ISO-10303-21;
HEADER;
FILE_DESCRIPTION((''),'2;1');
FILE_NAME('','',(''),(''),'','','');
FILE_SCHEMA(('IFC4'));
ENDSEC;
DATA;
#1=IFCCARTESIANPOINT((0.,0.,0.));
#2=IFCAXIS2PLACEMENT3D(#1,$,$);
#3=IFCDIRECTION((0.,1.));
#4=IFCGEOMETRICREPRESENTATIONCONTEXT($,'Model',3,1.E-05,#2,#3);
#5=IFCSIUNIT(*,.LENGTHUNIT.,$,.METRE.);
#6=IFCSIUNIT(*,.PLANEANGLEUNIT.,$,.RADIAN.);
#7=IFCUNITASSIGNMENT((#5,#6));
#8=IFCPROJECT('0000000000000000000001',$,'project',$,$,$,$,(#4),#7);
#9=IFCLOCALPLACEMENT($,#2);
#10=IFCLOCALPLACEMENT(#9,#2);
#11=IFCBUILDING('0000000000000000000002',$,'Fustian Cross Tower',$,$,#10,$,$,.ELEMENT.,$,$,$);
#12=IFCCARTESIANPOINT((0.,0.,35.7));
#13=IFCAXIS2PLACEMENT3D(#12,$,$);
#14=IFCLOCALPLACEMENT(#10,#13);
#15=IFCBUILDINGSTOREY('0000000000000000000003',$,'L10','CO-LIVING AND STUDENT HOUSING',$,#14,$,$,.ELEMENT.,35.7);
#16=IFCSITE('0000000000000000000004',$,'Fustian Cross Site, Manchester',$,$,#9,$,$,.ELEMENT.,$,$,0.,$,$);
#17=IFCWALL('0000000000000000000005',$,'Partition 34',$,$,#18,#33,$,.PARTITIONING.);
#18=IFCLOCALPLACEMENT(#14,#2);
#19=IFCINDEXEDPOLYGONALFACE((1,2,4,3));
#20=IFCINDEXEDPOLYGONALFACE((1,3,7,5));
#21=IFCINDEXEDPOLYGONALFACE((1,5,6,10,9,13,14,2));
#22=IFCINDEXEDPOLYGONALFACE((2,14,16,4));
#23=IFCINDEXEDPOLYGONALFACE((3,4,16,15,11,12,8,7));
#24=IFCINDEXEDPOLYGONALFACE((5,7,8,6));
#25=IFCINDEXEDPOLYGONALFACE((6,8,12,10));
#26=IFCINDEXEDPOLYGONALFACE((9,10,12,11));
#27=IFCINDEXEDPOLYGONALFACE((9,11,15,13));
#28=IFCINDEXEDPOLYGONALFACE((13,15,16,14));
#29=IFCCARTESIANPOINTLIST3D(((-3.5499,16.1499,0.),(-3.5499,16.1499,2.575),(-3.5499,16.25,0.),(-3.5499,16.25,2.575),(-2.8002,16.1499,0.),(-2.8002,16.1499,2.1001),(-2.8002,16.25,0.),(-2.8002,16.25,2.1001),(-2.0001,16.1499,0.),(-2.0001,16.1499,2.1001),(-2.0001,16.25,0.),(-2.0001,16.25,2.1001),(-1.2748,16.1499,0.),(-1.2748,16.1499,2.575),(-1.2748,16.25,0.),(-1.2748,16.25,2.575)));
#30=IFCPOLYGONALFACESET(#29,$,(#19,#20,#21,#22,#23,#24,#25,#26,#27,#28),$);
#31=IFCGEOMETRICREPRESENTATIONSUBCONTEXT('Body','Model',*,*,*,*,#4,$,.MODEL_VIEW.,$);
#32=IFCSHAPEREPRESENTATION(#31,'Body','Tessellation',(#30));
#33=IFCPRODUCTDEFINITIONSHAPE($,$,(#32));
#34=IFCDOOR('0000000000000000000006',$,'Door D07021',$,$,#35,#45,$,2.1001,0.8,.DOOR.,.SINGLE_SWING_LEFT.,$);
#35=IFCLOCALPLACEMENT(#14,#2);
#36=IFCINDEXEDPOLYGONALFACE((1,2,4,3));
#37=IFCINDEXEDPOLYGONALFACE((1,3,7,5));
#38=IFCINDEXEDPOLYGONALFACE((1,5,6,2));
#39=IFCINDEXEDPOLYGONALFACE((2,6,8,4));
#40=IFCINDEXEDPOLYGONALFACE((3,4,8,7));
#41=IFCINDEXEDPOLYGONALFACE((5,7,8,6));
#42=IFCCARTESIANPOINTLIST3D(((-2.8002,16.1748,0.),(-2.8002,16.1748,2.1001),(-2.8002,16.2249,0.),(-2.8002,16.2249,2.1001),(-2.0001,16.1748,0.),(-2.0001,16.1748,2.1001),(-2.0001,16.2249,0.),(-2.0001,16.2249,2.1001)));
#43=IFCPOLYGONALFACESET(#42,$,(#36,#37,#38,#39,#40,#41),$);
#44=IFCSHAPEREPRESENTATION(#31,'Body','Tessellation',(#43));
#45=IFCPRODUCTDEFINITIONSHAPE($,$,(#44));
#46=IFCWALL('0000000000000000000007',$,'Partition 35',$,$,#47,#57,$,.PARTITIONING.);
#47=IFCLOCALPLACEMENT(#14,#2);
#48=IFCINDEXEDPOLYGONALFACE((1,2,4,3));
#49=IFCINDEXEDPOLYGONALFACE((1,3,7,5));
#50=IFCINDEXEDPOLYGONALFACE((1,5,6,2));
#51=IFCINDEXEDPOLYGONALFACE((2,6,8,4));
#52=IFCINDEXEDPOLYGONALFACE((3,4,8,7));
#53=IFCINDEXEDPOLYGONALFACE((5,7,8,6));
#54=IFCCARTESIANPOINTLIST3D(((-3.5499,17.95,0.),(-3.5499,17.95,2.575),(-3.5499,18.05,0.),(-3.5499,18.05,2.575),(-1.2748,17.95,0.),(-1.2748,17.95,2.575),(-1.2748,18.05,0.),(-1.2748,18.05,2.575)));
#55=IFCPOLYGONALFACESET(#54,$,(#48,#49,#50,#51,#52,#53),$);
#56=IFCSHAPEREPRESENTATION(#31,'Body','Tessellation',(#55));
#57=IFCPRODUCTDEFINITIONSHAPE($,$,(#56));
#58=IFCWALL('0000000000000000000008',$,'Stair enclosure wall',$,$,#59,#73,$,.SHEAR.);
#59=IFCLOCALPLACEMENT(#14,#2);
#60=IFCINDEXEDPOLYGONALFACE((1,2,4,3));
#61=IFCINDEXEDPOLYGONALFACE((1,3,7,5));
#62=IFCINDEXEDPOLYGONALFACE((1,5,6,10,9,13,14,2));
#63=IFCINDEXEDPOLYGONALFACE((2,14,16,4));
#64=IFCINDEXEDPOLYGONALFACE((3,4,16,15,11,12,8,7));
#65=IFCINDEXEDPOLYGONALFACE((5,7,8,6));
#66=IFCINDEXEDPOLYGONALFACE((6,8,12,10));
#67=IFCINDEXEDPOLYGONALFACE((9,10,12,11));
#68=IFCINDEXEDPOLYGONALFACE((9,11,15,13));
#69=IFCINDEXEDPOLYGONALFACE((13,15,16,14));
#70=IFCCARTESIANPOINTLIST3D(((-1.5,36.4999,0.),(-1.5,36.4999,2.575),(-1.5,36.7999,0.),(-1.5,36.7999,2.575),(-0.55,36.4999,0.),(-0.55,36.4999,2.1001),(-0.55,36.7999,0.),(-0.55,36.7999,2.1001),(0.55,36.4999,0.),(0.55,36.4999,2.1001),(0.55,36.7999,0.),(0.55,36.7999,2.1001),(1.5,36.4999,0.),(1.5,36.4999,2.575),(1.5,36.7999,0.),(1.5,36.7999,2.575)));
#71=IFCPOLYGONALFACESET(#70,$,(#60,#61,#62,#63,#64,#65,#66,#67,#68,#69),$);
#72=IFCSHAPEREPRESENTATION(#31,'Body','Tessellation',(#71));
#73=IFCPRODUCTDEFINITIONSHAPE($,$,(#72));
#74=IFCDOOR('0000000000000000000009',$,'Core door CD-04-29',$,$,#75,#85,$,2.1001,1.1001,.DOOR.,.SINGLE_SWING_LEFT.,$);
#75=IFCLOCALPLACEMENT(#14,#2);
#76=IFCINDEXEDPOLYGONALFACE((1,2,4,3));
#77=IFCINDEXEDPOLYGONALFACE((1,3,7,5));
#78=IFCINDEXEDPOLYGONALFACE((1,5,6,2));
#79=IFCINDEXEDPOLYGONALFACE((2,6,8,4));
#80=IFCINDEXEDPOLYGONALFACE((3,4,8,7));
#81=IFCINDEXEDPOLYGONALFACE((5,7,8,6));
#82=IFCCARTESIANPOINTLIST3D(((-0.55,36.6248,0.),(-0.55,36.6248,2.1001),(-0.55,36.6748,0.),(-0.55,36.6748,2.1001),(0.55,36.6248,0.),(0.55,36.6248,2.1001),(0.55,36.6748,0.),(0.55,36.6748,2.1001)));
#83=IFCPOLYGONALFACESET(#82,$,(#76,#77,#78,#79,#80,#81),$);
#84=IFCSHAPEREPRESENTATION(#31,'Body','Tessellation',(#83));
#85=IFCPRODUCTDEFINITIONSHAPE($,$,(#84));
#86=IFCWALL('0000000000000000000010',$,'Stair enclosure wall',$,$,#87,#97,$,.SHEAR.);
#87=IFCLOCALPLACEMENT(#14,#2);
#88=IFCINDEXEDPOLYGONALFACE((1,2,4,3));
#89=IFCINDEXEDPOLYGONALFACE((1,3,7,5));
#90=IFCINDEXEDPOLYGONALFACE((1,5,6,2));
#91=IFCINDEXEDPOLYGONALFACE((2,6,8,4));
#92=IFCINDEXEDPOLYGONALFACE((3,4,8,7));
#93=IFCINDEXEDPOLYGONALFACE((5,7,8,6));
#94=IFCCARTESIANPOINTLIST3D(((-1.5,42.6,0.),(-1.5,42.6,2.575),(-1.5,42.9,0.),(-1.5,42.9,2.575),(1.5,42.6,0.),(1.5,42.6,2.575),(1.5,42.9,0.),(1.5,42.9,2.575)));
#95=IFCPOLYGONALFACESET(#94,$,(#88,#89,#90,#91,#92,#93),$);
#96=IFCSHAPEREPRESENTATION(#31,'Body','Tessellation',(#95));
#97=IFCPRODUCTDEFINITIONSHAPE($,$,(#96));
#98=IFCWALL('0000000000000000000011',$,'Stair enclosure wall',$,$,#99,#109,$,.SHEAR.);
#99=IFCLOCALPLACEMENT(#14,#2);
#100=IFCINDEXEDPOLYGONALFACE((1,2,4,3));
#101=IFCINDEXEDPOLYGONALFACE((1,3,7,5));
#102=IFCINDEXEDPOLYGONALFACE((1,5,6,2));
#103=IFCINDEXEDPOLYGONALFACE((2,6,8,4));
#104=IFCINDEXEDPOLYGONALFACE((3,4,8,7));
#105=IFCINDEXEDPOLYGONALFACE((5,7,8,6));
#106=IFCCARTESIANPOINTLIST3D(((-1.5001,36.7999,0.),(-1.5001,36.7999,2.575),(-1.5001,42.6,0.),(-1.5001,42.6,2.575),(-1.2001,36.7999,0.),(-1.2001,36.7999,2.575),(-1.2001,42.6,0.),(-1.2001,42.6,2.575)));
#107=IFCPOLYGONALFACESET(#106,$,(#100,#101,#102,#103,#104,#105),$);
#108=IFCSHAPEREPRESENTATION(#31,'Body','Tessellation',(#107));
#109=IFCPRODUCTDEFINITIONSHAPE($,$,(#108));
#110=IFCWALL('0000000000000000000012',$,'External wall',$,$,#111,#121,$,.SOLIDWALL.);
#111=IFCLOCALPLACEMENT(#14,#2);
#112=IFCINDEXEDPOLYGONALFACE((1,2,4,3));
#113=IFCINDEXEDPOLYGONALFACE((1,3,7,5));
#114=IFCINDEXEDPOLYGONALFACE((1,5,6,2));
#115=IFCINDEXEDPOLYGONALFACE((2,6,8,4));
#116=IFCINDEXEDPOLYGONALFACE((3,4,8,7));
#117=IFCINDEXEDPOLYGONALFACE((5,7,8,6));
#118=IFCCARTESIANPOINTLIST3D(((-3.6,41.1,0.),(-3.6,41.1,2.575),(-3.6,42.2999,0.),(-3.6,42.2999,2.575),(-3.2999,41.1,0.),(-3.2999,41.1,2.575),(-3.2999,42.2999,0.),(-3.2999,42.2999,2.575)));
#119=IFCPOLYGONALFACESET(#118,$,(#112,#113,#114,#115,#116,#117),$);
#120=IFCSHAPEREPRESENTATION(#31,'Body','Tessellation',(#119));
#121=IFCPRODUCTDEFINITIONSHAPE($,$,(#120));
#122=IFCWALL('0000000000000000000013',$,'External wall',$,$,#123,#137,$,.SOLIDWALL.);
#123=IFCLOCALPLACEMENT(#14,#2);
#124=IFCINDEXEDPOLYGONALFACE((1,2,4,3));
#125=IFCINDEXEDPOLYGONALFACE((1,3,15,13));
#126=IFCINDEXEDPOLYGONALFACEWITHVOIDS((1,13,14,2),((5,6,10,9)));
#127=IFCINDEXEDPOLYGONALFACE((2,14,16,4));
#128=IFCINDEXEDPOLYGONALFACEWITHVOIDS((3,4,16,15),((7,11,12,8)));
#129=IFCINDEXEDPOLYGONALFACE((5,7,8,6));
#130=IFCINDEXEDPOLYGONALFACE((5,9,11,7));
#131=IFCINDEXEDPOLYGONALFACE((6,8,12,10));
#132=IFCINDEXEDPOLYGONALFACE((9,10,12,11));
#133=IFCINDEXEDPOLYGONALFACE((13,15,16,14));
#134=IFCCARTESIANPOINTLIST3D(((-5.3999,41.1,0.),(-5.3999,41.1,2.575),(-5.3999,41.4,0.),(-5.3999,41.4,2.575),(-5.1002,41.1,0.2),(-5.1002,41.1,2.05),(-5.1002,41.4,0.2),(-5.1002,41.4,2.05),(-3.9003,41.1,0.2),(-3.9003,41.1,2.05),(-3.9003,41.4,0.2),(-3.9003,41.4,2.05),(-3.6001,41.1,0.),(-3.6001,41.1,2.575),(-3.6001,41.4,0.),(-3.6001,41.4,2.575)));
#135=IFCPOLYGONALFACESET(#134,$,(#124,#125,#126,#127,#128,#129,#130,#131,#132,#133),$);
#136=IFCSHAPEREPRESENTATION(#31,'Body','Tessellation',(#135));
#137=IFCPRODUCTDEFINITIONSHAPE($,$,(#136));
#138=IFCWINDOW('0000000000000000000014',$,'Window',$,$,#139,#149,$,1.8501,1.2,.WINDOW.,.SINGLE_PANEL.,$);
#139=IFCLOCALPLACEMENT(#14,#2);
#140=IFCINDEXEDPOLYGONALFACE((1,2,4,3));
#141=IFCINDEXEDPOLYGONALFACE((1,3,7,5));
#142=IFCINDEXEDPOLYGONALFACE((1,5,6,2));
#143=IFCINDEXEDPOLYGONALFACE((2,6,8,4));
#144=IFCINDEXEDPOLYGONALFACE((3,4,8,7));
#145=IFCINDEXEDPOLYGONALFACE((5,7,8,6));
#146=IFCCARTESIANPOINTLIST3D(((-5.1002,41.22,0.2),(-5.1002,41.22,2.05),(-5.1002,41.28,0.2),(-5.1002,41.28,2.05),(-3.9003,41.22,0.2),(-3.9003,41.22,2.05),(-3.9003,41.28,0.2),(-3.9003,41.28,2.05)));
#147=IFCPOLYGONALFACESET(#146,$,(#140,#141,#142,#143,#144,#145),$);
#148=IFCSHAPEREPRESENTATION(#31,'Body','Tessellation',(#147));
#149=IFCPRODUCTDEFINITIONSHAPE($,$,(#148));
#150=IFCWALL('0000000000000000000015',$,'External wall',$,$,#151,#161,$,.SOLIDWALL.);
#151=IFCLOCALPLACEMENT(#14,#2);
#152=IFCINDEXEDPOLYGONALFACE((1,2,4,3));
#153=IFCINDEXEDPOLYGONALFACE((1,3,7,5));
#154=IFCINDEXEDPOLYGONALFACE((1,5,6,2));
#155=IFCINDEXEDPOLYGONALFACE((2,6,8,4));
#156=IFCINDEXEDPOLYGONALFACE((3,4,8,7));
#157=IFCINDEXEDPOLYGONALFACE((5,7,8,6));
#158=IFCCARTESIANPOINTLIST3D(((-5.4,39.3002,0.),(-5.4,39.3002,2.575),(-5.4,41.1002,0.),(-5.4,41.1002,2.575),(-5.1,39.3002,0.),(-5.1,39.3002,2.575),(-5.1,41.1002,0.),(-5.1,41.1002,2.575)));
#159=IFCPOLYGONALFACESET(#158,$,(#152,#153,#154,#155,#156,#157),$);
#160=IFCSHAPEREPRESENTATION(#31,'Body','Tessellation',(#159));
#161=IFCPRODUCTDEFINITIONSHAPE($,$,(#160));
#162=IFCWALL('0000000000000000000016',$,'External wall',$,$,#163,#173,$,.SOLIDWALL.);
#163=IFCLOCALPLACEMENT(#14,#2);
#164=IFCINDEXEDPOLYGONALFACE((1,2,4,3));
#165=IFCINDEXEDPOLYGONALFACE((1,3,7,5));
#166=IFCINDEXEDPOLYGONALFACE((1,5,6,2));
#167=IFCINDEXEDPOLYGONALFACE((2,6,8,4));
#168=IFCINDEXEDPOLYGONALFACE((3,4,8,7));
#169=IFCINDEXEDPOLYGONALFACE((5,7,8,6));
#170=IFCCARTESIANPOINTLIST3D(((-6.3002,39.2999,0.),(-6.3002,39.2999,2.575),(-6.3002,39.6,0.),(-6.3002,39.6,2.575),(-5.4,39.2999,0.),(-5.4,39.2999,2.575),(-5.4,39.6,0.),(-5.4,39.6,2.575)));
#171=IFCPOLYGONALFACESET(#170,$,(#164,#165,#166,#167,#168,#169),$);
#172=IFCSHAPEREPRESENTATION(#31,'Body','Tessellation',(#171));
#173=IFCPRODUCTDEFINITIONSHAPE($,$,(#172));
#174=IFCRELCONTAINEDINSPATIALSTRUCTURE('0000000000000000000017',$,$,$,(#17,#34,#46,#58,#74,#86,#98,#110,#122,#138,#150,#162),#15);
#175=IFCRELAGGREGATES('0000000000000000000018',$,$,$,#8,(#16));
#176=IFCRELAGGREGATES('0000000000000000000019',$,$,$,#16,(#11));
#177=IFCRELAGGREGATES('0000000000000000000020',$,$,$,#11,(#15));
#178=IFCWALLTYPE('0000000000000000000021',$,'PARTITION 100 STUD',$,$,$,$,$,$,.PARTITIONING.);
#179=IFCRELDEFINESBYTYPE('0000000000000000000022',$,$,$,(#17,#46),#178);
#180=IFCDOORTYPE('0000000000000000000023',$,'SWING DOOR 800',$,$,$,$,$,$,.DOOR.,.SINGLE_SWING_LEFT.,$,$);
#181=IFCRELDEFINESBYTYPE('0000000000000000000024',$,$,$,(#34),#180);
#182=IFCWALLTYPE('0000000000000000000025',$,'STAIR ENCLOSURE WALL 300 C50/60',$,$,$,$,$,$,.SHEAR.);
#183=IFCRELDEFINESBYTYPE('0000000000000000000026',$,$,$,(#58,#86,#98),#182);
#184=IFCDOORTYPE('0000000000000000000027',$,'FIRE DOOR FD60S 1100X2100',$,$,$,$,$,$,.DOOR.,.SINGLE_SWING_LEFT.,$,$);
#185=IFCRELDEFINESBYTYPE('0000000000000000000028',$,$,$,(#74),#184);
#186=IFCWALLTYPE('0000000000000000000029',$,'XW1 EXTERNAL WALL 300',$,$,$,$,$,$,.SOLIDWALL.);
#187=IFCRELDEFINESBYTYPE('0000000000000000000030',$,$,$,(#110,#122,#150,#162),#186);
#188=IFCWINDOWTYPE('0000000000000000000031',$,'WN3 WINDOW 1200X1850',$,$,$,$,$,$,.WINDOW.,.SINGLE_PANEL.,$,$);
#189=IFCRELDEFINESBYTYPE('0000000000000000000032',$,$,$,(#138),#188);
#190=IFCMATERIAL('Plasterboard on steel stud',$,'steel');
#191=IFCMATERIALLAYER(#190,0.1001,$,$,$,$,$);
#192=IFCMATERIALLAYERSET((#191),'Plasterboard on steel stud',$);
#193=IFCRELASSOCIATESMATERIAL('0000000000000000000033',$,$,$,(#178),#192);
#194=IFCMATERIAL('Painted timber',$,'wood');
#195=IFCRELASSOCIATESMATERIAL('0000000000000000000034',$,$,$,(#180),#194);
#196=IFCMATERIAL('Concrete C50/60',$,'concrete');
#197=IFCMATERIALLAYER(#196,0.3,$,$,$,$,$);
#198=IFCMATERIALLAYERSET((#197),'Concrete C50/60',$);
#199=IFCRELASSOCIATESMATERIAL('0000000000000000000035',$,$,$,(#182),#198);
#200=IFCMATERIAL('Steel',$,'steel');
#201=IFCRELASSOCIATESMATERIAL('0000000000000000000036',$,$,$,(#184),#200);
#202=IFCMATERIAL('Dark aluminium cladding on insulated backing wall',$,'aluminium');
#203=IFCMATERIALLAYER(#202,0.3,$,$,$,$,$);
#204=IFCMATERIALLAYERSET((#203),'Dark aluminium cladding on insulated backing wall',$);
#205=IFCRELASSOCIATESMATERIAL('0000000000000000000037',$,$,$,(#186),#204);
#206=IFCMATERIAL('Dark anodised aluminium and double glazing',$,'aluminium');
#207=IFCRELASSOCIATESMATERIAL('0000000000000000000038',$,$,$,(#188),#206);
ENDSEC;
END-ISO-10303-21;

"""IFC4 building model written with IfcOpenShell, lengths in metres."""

from ifc_helpers import new_model, si_unit, direction, frame, frame_2d, origin, place, context, subcontext, project, spatial, rectangle, extrude, material, layer, layer_set, type_object, element, fill, save


model = new_model("IFC4")

# Units and contexts
model_context = context("Model", 3, precision=1e-05, world=origin(), true_north=direction((0.0, 1.0)))
body_context = subcontext(model_context, "Body", "Model", "MODEL_VIEW")
ifc_project = project(units=[si_unit("LENGTHUNIT", "METRE"), si_unit("PLANEANGLEUNIT", "RADIAN")], contexts=[model_context])

# Site, building, storey
site_placement = place(None, origin())
site = spatial("IfcSite", under=ifc_project, at=site_placement, Name="Fustian Cross Site, Manchester", CompositionType="ELEMENT", RefElevation=0.0)
building_placement = place(site_placement, origin())
building = spatial("IfcBuilding", under=site, at=building_placement, Name="Fustian Cross Tower", CompositionType="ELEMENT")
storey_placement = place(building_placement, frame((0.0, 0.0, 35.7)))
storey = spatial("IfcBuildingStorey", under=building, at=storey_placement, Name="L10", Description="CO-LIVING AND STUDENT HOUSING", CompositionType="ELEMENT", Elevation=35.7)

# Shared definitions
ifc_material_1 = material(Name="Plasterboard on steel stud", Category="steel")
ifc_layer_1 = layer(ifc_material_1, 0.1001)
ifc_layer_set_1 = layer_set([ifc_layer_1], Name="Plasterboard on steel stud")
wall_type_1 = type_object("IfcWallType", Name="PARTITION 100 STUD", PredefinedType="PARTITIONING", material=ifc_layer_set_1)

# Wall, opening, door
wall_1_placement = place(storey_placement, frame((-3.55, 16.2, 0.0), z_axis=(0.0, 0.0, 1.0), x_axis=(1.0, 0.0, 0.0)))
wall_1 = element("IfcWall", 1, at=wall_1_placement, inside=storey, type_object=wall_type_1, Name="Partition 34", PredefinedType="PARTITIONING", context=body_context, shape_type="SweptSolid", body=[
    extrude(rectangle(XDim=2.2751, YDim=0.1001, at=frame_2d((1.1377, 0.0))), origin(), (0.0, 0.0, 1.0), 2.575),
])
opening_1_placement = place(wall_1_placement, frame((0.75, 0.0, 0.0)))
opening_1 = element("IfcOpeningElement", 2, at=opening_1_placement, cuts=wall_1, PredefinedType="OPENING", context=body_context, shape_type="SweptSolid", body=[
    extrude(rectangle(XDim=0.8, YDim=2.1001, at=frame_2d((0.3999, 1.05))), frame((0.0, 0.0601, 0.0), z_axis=(0.0, -1.0, 0.0), x_axis=(1.0, 0.0, 0.0)), (0.0, 0.0, 1.0), 0.1201),
])
ifc_material_2 = material(Name="Painted timber", Category="wood")
door_type_1 = type_object("IfcDoorType", Name="SWING DOOR 800", OperationType="SINGLE_SWING_LEFT", PredefinedType="DOOR", material=ifc_material_2)
door_1_placement = place(opening_1_placement, origin())
door_1 = element("IfcDoor", 3, at=door_1_placement, inside=storey, type_object=door_type_1, Name="Door D07021", OperationType="SINGLE_SWING_LEFT", OverallHeight=2.1001, OverallWidth=0.8, PredefinedType="DOOR", context=body_context, shape_type="SweptSolid", body=[
    extrude(rectangle(XDim=0.8, YDim=2.1001, at=frame_2d((0.3999, 1.05))), frame((0.0, 0.0249, 0.0), z_axis=(0.0, -1.0, 0.0), x_axis=(1.0, 0.0, 0.0)), (0.0, 0.0, 1.0), 0.05),
])
fill(opening_1, door_1)

# Wall
wall_2_placement = place(storey_placement, frame((-3.55, 18.0, 0.0), z_axis=(0.0, 0.0, 1.0), x_axis=(1.0, 0.0, 0.0)))
element("IfcWall", 4, at=wall_2_placement, inside=storey, type_object=wall_type_1, Name="Partition 35", PredefinedType="PARTITIONING", context=body_context, shape_type="SweptSolid", body=[
    extrude(rectangle(XDim=2.2751, YDim=0.1001, at=frame_2d((1.1377, 0.0))), origin(), (0.0, 0.0, 1.0), 2.575),
])

# Wall, opening, door
ifc_material_3 = material(Name="Concrete C50/60", Category="concrete")
ifc_layer_2 = layer(ifc_material_3, 0.3)
ifc_layer_set_2 = layer_set([ifc_layer_2], Name="Concrete C50/60")
wall_type_2 = type_object("IfcWallType", Name="STAIR ENCLOSURE WALL 300 C50/60", PredefinedType="SHEAR", material=ifc_layer_set_2)
wall_3_placement = place(storey_placement, frame((-1.5, 36.6499, 0.0), z_axis=(0.0, 0.0, 1.0), x_axis=(1.0, 0.0, 0.0)))
wall_3 = element("IfcWall", 5, at=wall_3_placement, inside=storey, type_object=wall_type_2, Name="Stair enclosure wall", PredefinedType="SHEAR", context=body_context, shape_type="SweptSolid", body=[
    extrude(rectangle(XDim=3.0, YDim=0.3, at=frame_2d((1.5, 0.0))), origin(), (0.0, 0.0, 1.0), 2.575),
])
opening_2_placement = place(wall_3_placement, frame((0.95, 0.0, 0.0)))
opening_2 = element("IfcOpeningElement", 6, at=opening_2_placement, cuts=wall_3, PredefinedType="OPENING", context=body_context, shape_type="SweptSolid", body=[
    extrude(rectangle(XDim=1.1001, YDim=2.1001, at=frame_2d((0.55, 1.05))), frame((0.0, 0.1599, 0.0), z_axis=(0.0, -1.0, 0.0), x_axis=(1.0, 0.0, 0.0)), (0.0, 0.0, 1.0), 0.3201),
])
ifc_material_4 = material(Name="Steel", Category="steel")
door_type_2 = type_object("IfcDoorType", Name="FIRE DOOR FD60S 1100X2100", OperationType="SINGLE_SWING_LEFT", PredefinedType="DOOR", material=ifc_material_4)
door_2_placement = place(opening_2_placement, origin())
door_2 = element("IfcDoor", 7, at=door_2_placement, inside=storey, type_object=door_type_2, Name="Core door CD-04-29", OperationType="SINGLE_SWING_LEFT", OverallHeight=2.1001, OverallWidth=1.1001, PredefinedType="DOOR", context=body_context, shape_type="SweptSolid", body=[
    extrude(rectangle(XDim=1.1001, YDim=2.1001, at=frame_2d((0.55, 1.05))), frame((0.0, 0.0249, 0.0), z_axis=(0.0, -1.0, 0.0), x_axis=(1.0, 0.0, 0.0)), (0.0, 0.0, 1.0), 0.05),
])
fill(opening_2, door_2)

# Walls
wall_4_placement = place(storey_placement, frame((-1.5, 42.75, 0.0), z_axis=(0.0, 0.0, 1.0), x_axis=(1.0, 0.0, 0.0)))
element("IfcWall", 8, at=wall_4_placement, inside=storey, type_object=wall_type_2, Name="Stair enclosure wall", PredefinedType="SHEAR", context=body_context, shape_type="SweptSolid", body=[
    extrude(rectangle(XDim=3.0, YDim=0.3, at=frame_2d((1.5, 0.0))), origin(), (0.0, 0.0, 1.0), 2.575),
])
wall_5_placement = place(storey_placement, frame((-1.3501, 36.8, 0.0), z_axis=(0.0, 0.0, 1.0), x_axis=(0.0, 1.0, 0.0)))
element("IfcWall", 9, at=wall_5_placement, inside=storey, type_object=wall_type_2, Name="Stair enclosure wall", PredefinedType="SHEAR", context=body_context, shape_type="SweptSolid", body=[
    extrude(rectangle(XDim=5.8, YDim=0.3, at=frame_2d((2.8999, 0.0))), origin(), (0.0, 0.0, 1.0), 2.575),
])
ifc_material_5 = material(Name="Dark aluminium cladding on insulated backing wall", Category="aluminium")
ifc_layer_3 = layer(ifc_material_5, 0.3)
ifc_layer_set_3 = layer_set([ifc_layer_3], Name="Dark aluminium cladding on insulated backing wall")
wall_type_3 = type_object("IfcWallType", Name="XW1 EXTERNAL WALL 300", PredefinedType="SOLIDWALL", material=ifc_layer_set_3)
wall_6_placement = place(storey_placement, frame((-3.45, 42.3, 0.0), z_axis=(0.0, 0.0, 1.0), x_axis=(0.0, -1.0, 0.0)))
element("IfcWall", 10, at=wall_6_placement, inside=storey, type_object=wall_type_3, Name="External wall", PredefinedType="SOLIDWALL", context=body_context, shape_type="SweptSolid", body=[
    extrude(rectangle(XDim=1.2, YDim=0.3, at=frame_2d((0.6001, 0.0))), origin(), (0.0, 0.0, 1.0), 2.575),
])

# Wall, opening, window
wall_7_placement = place(storey_placement, frame((-3.6001, 41.25, 0.0), z_axis=(0.0, 0.0, 1.0), x_axis=(-1.0, 0.0, 0.0)))
wall_7 = element("IfcWall", 11, at=wall_7_placement, inside=storey, type_object=wall_type_3, Name="External wall", PredefinedType="SOLIDWALL", context=body_context, shape_type="SweptSolid", body=[
    extrude(rectangle(XDim=1.7998, YDim=0.3, at=frame_2d((0.8999, 0.0))), origin(), (0.0, 0.0, 1.0), 2.575),
])
opening_3_placement = place(wall_7_placement, frame((0.3, 0.0, 0.2)))
opening_3 = element("IfcOpeningElement", 12, at=opening_3_placement, cuts=wall_7, PredefinedType="OPENING", context=body_context, shape_type="SweptSolid", body=[
    extrude(rectangle(XDim=1.2, YDim=1.8501, at=frame_2d((0.6001, 0.925))), frame((0.0, 0.1599, 0.0), z_axis=(0.0, -1.0, 0.0), x_axis=(1.0, 0.0, 0.0)), (0.0, 0.0, 1.0), 0.3201),
])
ifc_material_6 = material(Name="Dark anodised aluminium and double glazing", Category="aluminium")
window_type = type_object("IfcWindowType", Name="WN3 WINDOW 1200X1850", PartitioningType="SINGLE_PANEL", PredefinedType="WINDOW", material=ifc_material_6)
window_placement = place(opening_3_placement, origin())
window = element("IfcWindow", 13, at=window_placement, inside=storey, type_object=window_type, Name="Window", OverallHeight=1.8501, OverallWidth=1.2, PartitioningType="SINGLE_PANEL", PredefinedType="WINDOW", context=body_context, shape_type="SweptSolid", body=[
    extrude(rectangle(XDim=1.2, YDim=1.8501, at=frame_2d((0.6001, 0.925))), frame((0.0, 0.03, 0.0), z_axis=(0.0, -1.0, 0.0), x_axis=(1.0, 0.0, 0.0)), (0.0, 0.0, 1.0), 0.0601),
])
fill(opening_3, window)

# Walls
wall_8_placement = place(storey_placement, frame((-5.25, 41.1001, 0.0), z_axis=(0.0, 0.0, 1.0), x_axis=(0.0, -1.0, 0.0)))
element("IfcWall", 14, at=wall_8_placement, inside=storey, type_object=wall_type_3, Name="External wall", PredefinedType="SOLIDWALL", context=body_context, shape_type="SweptSolid", body=[
    extrude(rectangle(XDim=1.8, YDim=0.3, at=frame_2d((0.8999, 0.0))), origin(), (0.0, 0.0, 1.0), 2.575),
])
wall_9_placement = place(storey_placement, frame((-5.3999, 39.45, 0.0), z_axis=(0.0, 0.0, 1.0), x_axis=(-1.0, 0.0, 0.0)))
element("IfcWall", 15, at=wall_9_placement, inside=storey, type_object=wall_type_3, Name="External wall", PredefinedType="SOLIDWALL", context=body_context, shape_type="SweptSolid", body=[
    extrude(rectangle(XDim=0.9001, YDim=0.3, at=frame_2d((0.4502, 0.0))), origin(), (0.0, 0.0, 1.0), 2.575),
])

save(model, "model.ifc")
